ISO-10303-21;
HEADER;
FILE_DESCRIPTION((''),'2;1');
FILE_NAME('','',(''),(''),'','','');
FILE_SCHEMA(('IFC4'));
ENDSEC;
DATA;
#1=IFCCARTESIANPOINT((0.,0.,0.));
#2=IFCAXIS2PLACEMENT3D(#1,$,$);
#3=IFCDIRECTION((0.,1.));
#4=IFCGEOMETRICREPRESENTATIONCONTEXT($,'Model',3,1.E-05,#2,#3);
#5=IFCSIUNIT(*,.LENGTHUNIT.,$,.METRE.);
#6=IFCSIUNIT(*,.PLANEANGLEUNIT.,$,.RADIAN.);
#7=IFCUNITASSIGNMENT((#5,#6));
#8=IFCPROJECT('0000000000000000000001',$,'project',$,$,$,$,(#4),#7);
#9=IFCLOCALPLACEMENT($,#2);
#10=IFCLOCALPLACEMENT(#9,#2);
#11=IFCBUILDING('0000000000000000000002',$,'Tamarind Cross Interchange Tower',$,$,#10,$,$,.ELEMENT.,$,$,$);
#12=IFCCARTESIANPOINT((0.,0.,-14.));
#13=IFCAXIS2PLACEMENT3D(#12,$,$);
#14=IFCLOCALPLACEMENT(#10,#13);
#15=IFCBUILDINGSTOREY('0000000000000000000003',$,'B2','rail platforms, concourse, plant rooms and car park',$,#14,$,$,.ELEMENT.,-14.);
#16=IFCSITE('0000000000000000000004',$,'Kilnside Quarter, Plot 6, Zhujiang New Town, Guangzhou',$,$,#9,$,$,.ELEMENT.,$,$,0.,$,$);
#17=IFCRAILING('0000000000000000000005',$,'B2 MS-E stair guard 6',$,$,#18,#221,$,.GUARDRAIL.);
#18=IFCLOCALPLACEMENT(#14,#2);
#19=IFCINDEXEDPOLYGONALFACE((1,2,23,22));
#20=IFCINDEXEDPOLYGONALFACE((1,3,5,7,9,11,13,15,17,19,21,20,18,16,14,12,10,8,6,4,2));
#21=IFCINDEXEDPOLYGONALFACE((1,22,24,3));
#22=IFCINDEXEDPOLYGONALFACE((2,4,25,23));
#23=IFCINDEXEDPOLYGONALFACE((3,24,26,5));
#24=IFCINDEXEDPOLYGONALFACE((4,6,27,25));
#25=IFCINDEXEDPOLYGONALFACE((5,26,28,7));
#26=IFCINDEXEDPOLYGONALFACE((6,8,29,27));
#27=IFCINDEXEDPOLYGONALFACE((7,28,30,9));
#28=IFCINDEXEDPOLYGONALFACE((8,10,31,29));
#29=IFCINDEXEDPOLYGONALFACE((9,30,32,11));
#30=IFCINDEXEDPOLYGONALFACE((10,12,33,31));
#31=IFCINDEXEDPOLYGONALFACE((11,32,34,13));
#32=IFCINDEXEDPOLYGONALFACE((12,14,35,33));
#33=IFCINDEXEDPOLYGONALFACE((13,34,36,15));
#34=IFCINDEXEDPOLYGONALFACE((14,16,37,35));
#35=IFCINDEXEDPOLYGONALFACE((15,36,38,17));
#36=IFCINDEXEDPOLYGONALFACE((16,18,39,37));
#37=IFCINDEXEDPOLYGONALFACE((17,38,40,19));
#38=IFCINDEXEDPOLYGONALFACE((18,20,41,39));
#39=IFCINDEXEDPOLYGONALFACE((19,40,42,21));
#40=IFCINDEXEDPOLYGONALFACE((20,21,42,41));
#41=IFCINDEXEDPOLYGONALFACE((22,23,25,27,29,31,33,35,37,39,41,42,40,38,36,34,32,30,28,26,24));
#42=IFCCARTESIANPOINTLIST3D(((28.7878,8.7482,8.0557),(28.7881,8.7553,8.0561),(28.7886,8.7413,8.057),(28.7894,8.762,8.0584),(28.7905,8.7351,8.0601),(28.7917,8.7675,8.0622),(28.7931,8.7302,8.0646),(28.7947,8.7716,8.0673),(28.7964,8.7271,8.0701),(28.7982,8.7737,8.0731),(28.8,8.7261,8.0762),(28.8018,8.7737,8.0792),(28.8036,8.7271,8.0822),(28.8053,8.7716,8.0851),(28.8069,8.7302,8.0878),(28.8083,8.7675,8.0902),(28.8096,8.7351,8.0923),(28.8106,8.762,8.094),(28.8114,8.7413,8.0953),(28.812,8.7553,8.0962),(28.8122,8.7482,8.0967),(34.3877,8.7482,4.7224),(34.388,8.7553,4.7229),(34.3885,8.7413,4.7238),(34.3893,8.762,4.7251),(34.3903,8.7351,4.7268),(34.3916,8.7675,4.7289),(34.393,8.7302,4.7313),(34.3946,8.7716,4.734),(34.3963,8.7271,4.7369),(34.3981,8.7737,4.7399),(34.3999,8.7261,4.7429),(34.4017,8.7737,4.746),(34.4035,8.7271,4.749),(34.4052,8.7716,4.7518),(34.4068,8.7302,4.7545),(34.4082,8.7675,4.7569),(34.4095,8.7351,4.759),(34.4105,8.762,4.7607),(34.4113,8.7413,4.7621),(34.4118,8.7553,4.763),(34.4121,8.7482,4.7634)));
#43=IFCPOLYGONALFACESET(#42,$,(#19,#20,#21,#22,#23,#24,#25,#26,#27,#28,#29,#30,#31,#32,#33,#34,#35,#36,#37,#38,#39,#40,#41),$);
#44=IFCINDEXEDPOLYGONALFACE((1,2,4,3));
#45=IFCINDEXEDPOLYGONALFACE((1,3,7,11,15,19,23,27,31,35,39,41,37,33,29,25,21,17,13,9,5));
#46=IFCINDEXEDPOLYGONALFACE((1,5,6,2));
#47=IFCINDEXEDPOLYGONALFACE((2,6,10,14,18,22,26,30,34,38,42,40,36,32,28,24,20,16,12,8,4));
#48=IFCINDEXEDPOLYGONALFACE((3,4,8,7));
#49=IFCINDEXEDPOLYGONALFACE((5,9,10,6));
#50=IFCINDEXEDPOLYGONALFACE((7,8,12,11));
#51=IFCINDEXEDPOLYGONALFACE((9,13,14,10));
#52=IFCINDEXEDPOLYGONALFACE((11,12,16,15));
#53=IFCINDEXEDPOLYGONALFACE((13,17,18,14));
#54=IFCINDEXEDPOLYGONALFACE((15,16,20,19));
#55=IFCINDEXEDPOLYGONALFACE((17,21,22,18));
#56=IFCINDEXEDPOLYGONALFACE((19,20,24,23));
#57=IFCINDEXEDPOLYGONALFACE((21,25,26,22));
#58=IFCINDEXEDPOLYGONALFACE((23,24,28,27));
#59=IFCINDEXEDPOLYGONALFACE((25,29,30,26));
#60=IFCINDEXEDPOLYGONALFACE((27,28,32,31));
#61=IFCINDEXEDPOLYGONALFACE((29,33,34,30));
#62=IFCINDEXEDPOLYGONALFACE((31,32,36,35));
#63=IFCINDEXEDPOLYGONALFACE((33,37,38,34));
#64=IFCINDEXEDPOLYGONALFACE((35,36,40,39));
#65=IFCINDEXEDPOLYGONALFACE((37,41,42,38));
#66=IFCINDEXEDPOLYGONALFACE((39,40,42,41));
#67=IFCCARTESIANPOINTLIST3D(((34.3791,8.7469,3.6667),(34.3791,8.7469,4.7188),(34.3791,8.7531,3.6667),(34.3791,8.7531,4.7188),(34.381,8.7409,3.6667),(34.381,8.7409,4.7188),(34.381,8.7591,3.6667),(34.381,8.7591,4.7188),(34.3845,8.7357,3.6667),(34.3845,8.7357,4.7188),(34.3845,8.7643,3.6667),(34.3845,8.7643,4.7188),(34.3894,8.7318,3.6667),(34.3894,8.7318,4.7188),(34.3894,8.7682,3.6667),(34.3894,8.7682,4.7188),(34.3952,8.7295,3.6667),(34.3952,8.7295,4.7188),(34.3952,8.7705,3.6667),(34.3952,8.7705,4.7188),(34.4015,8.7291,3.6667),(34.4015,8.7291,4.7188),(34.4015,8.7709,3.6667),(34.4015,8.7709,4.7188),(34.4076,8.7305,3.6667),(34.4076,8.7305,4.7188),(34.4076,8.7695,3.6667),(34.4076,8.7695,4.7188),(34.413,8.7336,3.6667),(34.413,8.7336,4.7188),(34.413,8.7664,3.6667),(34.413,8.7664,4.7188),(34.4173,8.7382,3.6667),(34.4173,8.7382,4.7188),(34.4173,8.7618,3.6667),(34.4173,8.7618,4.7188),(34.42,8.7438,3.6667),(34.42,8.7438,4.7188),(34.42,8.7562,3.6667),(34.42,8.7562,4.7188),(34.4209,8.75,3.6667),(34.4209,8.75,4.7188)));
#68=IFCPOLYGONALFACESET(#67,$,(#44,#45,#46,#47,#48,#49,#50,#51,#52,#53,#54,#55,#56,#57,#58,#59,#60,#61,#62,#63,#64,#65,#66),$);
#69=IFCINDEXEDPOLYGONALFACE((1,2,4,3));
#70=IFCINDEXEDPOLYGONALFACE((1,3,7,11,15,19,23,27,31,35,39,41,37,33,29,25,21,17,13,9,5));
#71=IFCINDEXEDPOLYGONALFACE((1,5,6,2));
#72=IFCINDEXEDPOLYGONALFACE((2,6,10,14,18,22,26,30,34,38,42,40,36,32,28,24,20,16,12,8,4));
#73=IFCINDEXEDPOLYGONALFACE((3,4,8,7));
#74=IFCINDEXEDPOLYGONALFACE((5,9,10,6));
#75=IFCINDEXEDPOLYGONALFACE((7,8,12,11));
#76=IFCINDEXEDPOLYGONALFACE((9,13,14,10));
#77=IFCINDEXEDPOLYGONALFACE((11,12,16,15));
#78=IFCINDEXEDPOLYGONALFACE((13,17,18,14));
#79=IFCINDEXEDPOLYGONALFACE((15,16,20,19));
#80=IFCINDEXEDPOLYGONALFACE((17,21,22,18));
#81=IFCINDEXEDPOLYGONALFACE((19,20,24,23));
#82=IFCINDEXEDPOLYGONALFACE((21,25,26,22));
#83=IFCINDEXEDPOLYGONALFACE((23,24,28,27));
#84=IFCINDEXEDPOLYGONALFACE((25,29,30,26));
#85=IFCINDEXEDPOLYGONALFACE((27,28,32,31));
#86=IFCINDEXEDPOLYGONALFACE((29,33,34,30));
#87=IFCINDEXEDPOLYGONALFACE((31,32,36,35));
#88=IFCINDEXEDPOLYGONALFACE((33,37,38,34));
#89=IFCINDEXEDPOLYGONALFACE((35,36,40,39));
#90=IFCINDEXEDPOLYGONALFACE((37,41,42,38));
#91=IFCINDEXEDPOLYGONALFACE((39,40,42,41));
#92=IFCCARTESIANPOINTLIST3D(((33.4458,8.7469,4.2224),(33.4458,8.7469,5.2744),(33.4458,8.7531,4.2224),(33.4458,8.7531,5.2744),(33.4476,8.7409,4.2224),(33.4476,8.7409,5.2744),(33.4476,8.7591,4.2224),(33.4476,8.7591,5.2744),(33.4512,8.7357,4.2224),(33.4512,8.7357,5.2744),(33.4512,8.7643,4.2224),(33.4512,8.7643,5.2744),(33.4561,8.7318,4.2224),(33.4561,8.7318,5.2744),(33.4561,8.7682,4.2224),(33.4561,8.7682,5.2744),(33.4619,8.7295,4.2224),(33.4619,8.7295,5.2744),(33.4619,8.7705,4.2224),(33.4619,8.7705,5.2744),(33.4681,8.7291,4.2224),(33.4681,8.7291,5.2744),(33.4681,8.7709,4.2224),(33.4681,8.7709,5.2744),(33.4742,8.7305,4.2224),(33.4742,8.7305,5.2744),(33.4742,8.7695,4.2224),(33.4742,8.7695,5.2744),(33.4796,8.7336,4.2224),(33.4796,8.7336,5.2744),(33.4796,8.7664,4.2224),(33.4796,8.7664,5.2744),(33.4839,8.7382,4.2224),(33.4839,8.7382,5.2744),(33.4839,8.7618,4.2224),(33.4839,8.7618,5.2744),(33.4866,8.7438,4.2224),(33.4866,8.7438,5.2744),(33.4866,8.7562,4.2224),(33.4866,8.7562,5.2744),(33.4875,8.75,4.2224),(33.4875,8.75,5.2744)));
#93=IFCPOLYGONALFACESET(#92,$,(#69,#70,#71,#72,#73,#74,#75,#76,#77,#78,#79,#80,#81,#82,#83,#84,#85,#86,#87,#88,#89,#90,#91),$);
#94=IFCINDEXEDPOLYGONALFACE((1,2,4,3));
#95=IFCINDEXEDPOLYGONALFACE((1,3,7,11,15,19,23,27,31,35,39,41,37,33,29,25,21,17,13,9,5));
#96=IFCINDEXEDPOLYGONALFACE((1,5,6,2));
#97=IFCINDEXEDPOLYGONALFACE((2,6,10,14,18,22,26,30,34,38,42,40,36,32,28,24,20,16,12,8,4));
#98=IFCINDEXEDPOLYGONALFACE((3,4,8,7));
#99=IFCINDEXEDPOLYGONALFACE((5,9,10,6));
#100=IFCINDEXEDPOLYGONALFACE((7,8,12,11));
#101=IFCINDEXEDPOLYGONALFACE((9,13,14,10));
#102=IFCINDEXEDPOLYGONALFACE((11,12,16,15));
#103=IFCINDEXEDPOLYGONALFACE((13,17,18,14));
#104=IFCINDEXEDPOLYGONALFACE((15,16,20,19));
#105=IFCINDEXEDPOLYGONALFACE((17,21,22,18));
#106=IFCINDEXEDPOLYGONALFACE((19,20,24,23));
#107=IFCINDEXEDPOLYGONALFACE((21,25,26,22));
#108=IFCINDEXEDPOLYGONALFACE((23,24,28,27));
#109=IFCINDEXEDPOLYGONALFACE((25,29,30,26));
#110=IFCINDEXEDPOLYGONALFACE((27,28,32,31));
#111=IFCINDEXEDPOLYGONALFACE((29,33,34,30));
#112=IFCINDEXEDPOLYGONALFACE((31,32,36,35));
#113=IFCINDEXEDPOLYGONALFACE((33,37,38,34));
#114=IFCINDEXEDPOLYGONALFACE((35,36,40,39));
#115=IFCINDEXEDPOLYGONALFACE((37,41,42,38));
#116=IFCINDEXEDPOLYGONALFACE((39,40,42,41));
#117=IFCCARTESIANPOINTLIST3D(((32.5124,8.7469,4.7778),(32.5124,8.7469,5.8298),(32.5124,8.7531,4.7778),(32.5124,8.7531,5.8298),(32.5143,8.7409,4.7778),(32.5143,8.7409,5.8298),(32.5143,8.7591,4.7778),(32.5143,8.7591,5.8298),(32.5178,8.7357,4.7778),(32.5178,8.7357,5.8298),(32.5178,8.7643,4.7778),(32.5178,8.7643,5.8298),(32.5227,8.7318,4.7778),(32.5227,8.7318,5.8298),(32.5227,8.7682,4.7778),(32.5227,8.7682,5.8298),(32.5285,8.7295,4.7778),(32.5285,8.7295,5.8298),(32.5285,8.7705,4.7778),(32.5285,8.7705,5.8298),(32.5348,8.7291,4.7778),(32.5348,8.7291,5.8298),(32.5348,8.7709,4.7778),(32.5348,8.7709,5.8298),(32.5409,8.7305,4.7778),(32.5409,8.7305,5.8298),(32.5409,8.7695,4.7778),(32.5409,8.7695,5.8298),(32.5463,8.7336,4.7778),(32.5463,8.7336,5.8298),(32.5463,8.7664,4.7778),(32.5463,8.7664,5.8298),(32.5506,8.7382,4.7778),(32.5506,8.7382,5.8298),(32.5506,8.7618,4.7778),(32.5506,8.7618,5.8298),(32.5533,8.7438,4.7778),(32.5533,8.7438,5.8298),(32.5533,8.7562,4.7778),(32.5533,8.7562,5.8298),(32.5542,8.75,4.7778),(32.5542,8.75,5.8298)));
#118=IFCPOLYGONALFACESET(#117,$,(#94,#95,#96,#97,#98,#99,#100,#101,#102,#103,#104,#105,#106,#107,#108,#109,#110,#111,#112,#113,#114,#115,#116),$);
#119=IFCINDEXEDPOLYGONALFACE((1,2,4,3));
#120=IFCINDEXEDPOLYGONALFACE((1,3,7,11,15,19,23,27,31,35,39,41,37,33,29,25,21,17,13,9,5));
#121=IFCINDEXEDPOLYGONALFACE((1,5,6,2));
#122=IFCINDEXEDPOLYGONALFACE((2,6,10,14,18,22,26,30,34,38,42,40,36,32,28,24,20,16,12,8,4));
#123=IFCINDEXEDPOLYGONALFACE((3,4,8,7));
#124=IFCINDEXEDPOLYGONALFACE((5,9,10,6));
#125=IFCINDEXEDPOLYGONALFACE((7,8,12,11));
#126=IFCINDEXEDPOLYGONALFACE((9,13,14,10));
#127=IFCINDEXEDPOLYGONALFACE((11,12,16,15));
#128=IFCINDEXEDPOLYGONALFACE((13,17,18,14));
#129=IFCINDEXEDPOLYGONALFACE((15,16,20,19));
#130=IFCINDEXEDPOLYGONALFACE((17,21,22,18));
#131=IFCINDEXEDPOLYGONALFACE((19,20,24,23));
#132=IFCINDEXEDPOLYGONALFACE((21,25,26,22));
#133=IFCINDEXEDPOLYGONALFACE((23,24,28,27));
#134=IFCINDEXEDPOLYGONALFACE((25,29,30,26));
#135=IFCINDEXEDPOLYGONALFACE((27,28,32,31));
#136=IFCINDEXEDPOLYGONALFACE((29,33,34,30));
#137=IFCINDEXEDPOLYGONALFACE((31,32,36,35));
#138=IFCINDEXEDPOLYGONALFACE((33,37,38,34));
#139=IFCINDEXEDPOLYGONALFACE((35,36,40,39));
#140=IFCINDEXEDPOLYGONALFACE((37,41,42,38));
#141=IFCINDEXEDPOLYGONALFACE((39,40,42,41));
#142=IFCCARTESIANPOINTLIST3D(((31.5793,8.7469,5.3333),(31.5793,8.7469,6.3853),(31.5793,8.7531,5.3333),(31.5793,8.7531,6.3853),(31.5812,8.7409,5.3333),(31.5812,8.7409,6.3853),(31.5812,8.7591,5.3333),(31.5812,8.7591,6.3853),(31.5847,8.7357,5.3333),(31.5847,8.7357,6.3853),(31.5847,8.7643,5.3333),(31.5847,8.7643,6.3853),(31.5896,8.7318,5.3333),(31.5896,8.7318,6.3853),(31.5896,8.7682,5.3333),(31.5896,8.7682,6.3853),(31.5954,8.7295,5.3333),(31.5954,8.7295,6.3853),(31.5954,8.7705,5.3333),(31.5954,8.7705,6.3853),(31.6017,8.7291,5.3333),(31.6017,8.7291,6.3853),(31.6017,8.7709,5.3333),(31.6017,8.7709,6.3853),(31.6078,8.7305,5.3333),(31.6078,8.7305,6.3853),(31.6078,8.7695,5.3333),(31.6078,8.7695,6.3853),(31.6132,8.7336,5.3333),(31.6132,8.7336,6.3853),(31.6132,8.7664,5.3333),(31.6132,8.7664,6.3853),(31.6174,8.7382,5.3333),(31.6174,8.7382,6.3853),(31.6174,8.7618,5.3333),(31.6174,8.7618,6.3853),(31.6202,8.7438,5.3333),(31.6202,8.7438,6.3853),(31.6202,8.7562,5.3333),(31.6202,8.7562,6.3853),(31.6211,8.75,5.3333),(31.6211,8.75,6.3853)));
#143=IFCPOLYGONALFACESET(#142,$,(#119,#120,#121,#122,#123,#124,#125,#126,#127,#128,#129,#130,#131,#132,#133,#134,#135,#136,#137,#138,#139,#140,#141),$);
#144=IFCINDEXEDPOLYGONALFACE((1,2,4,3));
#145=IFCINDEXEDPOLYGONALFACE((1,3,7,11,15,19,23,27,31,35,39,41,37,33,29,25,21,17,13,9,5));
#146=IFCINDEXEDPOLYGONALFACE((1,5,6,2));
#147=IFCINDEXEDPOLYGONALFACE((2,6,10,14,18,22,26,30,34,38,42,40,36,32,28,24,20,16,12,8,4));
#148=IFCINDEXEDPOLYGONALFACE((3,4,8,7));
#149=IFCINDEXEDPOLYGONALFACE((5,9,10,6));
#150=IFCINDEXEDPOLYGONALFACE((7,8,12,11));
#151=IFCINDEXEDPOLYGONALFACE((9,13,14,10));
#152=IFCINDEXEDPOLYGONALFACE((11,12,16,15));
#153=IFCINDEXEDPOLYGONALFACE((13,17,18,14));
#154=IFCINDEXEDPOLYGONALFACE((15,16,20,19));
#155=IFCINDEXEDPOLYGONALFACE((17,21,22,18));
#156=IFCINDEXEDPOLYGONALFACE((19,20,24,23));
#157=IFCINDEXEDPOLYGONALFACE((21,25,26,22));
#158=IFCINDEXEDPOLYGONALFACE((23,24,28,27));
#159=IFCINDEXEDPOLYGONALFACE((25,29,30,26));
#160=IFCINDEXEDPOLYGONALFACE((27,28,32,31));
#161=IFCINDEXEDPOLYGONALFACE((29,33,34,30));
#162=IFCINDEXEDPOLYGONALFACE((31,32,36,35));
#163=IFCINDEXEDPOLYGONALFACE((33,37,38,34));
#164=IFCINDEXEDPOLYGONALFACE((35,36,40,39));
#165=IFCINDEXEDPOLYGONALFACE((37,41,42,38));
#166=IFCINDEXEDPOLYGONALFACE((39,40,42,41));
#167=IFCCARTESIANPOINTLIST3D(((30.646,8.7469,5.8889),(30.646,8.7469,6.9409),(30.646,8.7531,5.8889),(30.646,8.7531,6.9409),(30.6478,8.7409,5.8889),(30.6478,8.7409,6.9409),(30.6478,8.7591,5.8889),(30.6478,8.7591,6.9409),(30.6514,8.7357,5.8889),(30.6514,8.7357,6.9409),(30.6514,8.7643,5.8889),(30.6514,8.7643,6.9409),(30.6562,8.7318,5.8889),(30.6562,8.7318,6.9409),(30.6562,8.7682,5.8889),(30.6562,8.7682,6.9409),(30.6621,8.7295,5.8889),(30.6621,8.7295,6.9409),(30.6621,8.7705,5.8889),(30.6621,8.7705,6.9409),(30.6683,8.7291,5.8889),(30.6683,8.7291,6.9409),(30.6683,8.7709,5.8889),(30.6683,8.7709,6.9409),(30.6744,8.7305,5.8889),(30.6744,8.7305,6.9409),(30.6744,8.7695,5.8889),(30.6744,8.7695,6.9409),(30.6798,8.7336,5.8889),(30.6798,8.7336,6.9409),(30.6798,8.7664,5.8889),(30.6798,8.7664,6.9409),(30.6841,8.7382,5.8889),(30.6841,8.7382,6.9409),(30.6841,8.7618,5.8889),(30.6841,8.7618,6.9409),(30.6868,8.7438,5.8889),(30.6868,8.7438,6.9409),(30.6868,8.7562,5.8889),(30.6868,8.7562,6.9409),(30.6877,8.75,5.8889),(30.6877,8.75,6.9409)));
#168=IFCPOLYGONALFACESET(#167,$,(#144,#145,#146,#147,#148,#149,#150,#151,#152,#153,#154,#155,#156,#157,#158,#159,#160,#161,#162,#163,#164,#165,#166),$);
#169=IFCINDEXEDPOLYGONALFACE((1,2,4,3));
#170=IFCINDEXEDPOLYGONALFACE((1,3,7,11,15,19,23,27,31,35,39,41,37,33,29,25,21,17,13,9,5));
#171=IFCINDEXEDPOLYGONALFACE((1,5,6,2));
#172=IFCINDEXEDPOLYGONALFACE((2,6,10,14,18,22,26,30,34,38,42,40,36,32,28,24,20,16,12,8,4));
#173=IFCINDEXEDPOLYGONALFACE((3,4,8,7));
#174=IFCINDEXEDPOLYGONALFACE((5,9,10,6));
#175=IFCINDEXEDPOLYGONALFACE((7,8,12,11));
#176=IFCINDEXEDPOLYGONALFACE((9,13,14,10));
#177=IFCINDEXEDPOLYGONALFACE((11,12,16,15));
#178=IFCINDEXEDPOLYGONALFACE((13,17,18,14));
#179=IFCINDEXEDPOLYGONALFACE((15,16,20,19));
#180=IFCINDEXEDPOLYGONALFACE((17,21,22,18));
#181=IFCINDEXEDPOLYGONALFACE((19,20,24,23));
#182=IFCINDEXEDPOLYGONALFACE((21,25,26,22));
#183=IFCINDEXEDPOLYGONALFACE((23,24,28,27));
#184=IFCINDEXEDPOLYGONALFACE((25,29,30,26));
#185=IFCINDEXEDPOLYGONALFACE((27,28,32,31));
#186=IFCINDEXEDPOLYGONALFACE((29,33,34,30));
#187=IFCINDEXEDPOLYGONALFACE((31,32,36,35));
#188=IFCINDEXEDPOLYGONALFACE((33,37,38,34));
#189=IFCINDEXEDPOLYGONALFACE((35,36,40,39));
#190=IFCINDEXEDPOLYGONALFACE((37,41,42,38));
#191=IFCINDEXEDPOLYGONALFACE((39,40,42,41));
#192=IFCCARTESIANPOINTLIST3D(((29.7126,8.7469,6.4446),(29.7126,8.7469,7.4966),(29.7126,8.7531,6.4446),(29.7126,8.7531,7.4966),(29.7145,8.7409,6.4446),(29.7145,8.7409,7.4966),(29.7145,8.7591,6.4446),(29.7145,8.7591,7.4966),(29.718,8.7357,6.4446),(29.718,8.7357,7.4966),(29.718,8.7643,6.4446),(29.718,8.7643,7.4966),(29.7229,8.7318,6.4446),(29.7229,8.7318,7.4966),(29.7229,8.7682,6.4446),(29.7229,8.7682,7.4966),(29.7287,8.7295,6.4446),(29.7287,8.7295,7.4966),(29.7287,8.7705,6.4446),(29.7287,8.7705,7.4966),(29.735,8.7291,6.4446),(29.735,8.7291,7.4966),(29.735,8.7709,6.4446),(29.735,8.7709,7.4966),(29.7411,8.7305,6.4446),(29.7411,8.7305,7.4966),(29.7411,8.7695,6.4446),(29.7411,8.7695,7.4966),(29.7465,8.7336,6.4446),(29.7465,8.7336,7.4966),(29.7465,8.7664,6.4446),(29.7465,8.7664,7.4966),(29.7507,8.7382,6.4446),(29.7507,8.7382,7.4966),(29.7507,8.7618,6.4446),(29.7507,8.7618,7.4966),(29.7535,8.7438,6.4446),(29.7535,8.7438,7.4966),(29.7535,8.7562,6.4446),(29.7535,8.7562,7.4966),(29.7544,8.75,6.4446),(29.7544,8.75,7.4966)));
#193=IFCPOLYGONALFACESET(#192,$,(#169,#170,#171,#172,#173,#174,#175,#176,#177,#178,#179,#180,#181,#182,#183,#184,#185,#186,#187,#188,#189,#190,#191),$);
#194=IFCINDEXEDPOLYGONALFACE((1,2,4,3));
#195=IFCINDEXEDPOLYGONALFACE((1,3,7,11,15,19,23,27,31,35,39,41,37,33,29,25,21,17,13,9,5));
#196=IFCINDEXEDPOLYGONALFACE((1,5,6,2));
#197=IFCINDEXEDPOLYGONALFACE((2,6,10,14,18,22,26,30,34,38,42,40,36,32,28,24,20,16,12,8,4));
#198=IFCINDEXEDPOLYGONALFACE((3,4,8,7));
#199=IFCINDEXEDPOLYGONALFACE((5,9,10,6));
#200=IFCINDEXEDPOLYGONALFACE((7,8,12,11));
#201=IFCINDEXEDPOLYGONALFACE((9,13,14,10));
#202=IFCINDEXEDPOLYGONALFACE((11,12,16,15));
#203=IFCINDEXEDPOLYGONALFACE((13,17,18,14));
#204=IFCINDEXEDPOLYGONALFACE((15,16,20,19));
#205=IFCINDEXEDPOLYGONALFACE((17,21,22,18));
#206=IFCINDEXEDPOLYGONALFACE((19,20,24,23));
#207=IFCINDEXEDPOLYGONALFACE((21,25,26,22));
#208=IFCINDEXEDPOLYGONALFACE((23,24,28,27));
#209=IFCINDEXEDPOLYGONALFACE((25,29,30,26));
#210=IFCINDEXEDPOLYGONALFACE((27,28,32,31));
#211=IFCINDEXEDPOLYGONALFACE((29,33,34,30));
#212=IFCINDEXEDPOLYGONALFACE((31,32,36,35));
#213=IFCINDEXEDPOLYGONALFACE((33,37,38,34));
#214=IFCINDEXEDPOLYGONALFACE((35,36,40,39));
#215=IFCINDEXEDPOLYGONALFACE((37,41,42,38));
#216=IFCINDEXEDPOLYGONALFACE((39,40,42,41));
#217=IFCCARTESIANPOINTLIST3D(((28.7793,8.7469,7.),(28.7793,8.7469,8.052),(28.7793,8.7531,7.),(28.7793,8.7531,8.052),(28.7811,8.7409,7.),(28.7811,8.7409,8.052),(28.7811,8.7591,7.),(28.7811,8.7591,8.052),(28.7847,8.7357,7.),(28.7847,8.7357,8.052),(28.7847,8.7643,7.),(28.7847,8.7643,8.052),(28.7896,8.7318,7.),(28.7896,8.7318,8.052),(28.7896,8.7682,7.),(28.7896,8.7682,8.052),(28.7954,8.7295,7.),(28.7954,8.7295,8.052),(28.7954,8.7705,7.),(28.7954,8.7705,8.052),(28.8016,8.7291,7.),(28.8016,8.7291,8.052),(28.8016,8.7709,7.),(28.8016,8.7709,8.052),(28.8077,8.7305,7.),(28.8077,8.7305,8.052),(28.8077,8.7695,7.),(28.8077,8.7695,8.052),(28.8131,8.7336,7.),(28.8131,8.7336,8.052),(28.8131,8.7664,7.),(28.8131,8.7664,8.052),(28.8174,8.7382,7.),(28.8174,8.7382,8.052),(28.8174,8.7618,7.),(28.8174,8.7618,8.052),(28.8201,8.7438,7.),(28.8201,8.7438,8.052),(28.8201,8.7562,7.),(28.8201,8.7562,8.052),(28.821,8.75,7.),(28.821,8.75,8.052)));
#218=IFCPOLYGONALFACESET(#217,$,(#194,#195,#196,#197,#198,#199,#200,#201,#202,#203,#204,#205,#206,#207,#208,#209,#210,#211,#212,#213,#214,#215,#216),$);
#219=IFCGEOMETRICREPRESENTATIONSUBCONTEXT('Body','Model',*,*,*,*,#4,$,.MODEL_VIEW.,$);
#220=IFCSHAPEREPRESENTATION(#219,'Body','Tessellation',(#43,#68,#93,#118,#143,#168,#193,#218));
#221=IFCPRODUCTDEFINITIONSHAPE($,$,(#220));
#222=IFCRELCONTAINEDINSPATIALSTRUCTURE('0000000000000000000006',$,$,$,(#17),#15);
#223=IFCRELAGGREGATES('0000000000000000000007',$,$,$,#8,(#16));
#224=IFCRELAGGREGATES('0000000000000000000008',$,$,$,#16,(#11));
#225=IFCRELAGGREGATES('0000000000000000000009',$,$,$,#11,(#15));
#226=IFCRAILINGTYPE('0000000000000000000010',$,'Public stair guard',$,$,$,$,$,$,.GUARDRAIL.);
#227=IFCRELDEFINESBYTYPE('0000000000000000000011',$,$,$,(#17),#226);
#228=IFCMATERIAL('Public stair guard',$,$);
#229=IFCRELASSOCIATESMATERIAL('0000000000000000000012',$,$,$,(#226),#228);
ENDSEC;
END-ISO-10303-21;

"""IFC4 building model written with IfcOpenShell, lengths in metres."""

from ifc_helpers import new_model, si_unit, direction, frame, origin, origin_2d, place, context, subcontext, project, spatial, circle, extrude, material, type_object, element, save


model = new_model("IFC4")

# Units and contexts
model_context = context("Model", 3, precision=1e-05, world=origin(), true_north=direction((0.0, 1.0)))
body_context = subcontext(model_context, "Body", "Model", "MODEL_VIEW")
ifc_project = project(units=[si_unit("LENGTHUNIT", "METRE"), si_unit("PLANEANGLEUNIT", "RADIAN")], contexts=[model_context])

# Site, building, storey
site_placement = place(None, origin())
site = spatial("IfcSite", under=ifc_project, at=site_placement, Name="Kilnside Quarter, Plot 6, Zhujiang New Town, Guangzhou", CompositionType="ELEMENT", RefElevation=0.0)
building_placement = place(site_placement, origin())
building = spatial("IfcBuilding", under=site, at=building_placement, Name="Tamarind Cross Interchange Tower", CompositionType="ELEMENT")
storey_placement = place(building_placement, frame((0.0, 0.0, -14.0)))
storey = spatial("IfcBuildingStorey", under=building, at=storey_placement, Name="B2", Description="rail platforms, concourse, plant rooms and car park", CompositionType="ELEMENT", Elevation=-14.0)

# Railing
ifc_material_1 = material(Name="Public stair guard")
railing_type_1 = type_object("IfcRailingType", Name="Public stair guard", PredefinedType="GUARDRAIL", material=ifc_material_1)
railing_1_placement = place(storey_placement, frame((34.3999, 8.75, 3.6667)))
element("IfcRailing", 1, at=railing_1_placement, inside=storey, type_object=railing_type_1, Name="B2 MS-E stair guard 6", PredefinedType="GUARDRAIL", context=body_context, shape_type="SweptSolid", body=[
    extrude(circle(Radius=0.0239, at=origin_2d()), frame((0.0, 0.0, 1.0762), z_axis=(-0.859292, 0.0, 0.511485), x_axis=(0.0, -1.0, 0.0)), (0.0, 0.0, 1.0), 6.5168),
    extrude(circle(Radius=0.021, at=origin_2d()), origin(), (0.0, 0.0, 1.0), 1.052),
    extrude(circle(Radius=0.021, at=origin_2d()), frame((-0.9333, 0.0, 0.5557)), (0.0, 0.0, 1.0), 1.052),
    extrude(circle(Radius=0.021, at=origin_2d()), frame((-1.8667, 0.0, 1.1111)), (0.0, 0.0, 1.0), 1.052),
    extrude(circle(Radius=0.021, at=origin_2d()), frame((-2.7998, 0.0, 1.6665)), (0.0, 0.0, 1.0), 1.052),
    extrude(circle(Radius=0.021, at=origin_2d()), frame((-3.7332, 0.0, 2.2222)), (0.0, 0.0, 1.0), 1.052),
    extrude(circle(Radius=0.021, at=origin_2d()), frame((-4.6665, 0.0, 2.7778)), (0.0, 0.0, 1.0), 1.052),
    extrude(circle(Radius=0.021, at=origin_2d()), frame((-5.5999, 0.0, 3.3333)), (0.0, 0.0, 1.0), 1.052),
])

save(model, "model.ifc")
